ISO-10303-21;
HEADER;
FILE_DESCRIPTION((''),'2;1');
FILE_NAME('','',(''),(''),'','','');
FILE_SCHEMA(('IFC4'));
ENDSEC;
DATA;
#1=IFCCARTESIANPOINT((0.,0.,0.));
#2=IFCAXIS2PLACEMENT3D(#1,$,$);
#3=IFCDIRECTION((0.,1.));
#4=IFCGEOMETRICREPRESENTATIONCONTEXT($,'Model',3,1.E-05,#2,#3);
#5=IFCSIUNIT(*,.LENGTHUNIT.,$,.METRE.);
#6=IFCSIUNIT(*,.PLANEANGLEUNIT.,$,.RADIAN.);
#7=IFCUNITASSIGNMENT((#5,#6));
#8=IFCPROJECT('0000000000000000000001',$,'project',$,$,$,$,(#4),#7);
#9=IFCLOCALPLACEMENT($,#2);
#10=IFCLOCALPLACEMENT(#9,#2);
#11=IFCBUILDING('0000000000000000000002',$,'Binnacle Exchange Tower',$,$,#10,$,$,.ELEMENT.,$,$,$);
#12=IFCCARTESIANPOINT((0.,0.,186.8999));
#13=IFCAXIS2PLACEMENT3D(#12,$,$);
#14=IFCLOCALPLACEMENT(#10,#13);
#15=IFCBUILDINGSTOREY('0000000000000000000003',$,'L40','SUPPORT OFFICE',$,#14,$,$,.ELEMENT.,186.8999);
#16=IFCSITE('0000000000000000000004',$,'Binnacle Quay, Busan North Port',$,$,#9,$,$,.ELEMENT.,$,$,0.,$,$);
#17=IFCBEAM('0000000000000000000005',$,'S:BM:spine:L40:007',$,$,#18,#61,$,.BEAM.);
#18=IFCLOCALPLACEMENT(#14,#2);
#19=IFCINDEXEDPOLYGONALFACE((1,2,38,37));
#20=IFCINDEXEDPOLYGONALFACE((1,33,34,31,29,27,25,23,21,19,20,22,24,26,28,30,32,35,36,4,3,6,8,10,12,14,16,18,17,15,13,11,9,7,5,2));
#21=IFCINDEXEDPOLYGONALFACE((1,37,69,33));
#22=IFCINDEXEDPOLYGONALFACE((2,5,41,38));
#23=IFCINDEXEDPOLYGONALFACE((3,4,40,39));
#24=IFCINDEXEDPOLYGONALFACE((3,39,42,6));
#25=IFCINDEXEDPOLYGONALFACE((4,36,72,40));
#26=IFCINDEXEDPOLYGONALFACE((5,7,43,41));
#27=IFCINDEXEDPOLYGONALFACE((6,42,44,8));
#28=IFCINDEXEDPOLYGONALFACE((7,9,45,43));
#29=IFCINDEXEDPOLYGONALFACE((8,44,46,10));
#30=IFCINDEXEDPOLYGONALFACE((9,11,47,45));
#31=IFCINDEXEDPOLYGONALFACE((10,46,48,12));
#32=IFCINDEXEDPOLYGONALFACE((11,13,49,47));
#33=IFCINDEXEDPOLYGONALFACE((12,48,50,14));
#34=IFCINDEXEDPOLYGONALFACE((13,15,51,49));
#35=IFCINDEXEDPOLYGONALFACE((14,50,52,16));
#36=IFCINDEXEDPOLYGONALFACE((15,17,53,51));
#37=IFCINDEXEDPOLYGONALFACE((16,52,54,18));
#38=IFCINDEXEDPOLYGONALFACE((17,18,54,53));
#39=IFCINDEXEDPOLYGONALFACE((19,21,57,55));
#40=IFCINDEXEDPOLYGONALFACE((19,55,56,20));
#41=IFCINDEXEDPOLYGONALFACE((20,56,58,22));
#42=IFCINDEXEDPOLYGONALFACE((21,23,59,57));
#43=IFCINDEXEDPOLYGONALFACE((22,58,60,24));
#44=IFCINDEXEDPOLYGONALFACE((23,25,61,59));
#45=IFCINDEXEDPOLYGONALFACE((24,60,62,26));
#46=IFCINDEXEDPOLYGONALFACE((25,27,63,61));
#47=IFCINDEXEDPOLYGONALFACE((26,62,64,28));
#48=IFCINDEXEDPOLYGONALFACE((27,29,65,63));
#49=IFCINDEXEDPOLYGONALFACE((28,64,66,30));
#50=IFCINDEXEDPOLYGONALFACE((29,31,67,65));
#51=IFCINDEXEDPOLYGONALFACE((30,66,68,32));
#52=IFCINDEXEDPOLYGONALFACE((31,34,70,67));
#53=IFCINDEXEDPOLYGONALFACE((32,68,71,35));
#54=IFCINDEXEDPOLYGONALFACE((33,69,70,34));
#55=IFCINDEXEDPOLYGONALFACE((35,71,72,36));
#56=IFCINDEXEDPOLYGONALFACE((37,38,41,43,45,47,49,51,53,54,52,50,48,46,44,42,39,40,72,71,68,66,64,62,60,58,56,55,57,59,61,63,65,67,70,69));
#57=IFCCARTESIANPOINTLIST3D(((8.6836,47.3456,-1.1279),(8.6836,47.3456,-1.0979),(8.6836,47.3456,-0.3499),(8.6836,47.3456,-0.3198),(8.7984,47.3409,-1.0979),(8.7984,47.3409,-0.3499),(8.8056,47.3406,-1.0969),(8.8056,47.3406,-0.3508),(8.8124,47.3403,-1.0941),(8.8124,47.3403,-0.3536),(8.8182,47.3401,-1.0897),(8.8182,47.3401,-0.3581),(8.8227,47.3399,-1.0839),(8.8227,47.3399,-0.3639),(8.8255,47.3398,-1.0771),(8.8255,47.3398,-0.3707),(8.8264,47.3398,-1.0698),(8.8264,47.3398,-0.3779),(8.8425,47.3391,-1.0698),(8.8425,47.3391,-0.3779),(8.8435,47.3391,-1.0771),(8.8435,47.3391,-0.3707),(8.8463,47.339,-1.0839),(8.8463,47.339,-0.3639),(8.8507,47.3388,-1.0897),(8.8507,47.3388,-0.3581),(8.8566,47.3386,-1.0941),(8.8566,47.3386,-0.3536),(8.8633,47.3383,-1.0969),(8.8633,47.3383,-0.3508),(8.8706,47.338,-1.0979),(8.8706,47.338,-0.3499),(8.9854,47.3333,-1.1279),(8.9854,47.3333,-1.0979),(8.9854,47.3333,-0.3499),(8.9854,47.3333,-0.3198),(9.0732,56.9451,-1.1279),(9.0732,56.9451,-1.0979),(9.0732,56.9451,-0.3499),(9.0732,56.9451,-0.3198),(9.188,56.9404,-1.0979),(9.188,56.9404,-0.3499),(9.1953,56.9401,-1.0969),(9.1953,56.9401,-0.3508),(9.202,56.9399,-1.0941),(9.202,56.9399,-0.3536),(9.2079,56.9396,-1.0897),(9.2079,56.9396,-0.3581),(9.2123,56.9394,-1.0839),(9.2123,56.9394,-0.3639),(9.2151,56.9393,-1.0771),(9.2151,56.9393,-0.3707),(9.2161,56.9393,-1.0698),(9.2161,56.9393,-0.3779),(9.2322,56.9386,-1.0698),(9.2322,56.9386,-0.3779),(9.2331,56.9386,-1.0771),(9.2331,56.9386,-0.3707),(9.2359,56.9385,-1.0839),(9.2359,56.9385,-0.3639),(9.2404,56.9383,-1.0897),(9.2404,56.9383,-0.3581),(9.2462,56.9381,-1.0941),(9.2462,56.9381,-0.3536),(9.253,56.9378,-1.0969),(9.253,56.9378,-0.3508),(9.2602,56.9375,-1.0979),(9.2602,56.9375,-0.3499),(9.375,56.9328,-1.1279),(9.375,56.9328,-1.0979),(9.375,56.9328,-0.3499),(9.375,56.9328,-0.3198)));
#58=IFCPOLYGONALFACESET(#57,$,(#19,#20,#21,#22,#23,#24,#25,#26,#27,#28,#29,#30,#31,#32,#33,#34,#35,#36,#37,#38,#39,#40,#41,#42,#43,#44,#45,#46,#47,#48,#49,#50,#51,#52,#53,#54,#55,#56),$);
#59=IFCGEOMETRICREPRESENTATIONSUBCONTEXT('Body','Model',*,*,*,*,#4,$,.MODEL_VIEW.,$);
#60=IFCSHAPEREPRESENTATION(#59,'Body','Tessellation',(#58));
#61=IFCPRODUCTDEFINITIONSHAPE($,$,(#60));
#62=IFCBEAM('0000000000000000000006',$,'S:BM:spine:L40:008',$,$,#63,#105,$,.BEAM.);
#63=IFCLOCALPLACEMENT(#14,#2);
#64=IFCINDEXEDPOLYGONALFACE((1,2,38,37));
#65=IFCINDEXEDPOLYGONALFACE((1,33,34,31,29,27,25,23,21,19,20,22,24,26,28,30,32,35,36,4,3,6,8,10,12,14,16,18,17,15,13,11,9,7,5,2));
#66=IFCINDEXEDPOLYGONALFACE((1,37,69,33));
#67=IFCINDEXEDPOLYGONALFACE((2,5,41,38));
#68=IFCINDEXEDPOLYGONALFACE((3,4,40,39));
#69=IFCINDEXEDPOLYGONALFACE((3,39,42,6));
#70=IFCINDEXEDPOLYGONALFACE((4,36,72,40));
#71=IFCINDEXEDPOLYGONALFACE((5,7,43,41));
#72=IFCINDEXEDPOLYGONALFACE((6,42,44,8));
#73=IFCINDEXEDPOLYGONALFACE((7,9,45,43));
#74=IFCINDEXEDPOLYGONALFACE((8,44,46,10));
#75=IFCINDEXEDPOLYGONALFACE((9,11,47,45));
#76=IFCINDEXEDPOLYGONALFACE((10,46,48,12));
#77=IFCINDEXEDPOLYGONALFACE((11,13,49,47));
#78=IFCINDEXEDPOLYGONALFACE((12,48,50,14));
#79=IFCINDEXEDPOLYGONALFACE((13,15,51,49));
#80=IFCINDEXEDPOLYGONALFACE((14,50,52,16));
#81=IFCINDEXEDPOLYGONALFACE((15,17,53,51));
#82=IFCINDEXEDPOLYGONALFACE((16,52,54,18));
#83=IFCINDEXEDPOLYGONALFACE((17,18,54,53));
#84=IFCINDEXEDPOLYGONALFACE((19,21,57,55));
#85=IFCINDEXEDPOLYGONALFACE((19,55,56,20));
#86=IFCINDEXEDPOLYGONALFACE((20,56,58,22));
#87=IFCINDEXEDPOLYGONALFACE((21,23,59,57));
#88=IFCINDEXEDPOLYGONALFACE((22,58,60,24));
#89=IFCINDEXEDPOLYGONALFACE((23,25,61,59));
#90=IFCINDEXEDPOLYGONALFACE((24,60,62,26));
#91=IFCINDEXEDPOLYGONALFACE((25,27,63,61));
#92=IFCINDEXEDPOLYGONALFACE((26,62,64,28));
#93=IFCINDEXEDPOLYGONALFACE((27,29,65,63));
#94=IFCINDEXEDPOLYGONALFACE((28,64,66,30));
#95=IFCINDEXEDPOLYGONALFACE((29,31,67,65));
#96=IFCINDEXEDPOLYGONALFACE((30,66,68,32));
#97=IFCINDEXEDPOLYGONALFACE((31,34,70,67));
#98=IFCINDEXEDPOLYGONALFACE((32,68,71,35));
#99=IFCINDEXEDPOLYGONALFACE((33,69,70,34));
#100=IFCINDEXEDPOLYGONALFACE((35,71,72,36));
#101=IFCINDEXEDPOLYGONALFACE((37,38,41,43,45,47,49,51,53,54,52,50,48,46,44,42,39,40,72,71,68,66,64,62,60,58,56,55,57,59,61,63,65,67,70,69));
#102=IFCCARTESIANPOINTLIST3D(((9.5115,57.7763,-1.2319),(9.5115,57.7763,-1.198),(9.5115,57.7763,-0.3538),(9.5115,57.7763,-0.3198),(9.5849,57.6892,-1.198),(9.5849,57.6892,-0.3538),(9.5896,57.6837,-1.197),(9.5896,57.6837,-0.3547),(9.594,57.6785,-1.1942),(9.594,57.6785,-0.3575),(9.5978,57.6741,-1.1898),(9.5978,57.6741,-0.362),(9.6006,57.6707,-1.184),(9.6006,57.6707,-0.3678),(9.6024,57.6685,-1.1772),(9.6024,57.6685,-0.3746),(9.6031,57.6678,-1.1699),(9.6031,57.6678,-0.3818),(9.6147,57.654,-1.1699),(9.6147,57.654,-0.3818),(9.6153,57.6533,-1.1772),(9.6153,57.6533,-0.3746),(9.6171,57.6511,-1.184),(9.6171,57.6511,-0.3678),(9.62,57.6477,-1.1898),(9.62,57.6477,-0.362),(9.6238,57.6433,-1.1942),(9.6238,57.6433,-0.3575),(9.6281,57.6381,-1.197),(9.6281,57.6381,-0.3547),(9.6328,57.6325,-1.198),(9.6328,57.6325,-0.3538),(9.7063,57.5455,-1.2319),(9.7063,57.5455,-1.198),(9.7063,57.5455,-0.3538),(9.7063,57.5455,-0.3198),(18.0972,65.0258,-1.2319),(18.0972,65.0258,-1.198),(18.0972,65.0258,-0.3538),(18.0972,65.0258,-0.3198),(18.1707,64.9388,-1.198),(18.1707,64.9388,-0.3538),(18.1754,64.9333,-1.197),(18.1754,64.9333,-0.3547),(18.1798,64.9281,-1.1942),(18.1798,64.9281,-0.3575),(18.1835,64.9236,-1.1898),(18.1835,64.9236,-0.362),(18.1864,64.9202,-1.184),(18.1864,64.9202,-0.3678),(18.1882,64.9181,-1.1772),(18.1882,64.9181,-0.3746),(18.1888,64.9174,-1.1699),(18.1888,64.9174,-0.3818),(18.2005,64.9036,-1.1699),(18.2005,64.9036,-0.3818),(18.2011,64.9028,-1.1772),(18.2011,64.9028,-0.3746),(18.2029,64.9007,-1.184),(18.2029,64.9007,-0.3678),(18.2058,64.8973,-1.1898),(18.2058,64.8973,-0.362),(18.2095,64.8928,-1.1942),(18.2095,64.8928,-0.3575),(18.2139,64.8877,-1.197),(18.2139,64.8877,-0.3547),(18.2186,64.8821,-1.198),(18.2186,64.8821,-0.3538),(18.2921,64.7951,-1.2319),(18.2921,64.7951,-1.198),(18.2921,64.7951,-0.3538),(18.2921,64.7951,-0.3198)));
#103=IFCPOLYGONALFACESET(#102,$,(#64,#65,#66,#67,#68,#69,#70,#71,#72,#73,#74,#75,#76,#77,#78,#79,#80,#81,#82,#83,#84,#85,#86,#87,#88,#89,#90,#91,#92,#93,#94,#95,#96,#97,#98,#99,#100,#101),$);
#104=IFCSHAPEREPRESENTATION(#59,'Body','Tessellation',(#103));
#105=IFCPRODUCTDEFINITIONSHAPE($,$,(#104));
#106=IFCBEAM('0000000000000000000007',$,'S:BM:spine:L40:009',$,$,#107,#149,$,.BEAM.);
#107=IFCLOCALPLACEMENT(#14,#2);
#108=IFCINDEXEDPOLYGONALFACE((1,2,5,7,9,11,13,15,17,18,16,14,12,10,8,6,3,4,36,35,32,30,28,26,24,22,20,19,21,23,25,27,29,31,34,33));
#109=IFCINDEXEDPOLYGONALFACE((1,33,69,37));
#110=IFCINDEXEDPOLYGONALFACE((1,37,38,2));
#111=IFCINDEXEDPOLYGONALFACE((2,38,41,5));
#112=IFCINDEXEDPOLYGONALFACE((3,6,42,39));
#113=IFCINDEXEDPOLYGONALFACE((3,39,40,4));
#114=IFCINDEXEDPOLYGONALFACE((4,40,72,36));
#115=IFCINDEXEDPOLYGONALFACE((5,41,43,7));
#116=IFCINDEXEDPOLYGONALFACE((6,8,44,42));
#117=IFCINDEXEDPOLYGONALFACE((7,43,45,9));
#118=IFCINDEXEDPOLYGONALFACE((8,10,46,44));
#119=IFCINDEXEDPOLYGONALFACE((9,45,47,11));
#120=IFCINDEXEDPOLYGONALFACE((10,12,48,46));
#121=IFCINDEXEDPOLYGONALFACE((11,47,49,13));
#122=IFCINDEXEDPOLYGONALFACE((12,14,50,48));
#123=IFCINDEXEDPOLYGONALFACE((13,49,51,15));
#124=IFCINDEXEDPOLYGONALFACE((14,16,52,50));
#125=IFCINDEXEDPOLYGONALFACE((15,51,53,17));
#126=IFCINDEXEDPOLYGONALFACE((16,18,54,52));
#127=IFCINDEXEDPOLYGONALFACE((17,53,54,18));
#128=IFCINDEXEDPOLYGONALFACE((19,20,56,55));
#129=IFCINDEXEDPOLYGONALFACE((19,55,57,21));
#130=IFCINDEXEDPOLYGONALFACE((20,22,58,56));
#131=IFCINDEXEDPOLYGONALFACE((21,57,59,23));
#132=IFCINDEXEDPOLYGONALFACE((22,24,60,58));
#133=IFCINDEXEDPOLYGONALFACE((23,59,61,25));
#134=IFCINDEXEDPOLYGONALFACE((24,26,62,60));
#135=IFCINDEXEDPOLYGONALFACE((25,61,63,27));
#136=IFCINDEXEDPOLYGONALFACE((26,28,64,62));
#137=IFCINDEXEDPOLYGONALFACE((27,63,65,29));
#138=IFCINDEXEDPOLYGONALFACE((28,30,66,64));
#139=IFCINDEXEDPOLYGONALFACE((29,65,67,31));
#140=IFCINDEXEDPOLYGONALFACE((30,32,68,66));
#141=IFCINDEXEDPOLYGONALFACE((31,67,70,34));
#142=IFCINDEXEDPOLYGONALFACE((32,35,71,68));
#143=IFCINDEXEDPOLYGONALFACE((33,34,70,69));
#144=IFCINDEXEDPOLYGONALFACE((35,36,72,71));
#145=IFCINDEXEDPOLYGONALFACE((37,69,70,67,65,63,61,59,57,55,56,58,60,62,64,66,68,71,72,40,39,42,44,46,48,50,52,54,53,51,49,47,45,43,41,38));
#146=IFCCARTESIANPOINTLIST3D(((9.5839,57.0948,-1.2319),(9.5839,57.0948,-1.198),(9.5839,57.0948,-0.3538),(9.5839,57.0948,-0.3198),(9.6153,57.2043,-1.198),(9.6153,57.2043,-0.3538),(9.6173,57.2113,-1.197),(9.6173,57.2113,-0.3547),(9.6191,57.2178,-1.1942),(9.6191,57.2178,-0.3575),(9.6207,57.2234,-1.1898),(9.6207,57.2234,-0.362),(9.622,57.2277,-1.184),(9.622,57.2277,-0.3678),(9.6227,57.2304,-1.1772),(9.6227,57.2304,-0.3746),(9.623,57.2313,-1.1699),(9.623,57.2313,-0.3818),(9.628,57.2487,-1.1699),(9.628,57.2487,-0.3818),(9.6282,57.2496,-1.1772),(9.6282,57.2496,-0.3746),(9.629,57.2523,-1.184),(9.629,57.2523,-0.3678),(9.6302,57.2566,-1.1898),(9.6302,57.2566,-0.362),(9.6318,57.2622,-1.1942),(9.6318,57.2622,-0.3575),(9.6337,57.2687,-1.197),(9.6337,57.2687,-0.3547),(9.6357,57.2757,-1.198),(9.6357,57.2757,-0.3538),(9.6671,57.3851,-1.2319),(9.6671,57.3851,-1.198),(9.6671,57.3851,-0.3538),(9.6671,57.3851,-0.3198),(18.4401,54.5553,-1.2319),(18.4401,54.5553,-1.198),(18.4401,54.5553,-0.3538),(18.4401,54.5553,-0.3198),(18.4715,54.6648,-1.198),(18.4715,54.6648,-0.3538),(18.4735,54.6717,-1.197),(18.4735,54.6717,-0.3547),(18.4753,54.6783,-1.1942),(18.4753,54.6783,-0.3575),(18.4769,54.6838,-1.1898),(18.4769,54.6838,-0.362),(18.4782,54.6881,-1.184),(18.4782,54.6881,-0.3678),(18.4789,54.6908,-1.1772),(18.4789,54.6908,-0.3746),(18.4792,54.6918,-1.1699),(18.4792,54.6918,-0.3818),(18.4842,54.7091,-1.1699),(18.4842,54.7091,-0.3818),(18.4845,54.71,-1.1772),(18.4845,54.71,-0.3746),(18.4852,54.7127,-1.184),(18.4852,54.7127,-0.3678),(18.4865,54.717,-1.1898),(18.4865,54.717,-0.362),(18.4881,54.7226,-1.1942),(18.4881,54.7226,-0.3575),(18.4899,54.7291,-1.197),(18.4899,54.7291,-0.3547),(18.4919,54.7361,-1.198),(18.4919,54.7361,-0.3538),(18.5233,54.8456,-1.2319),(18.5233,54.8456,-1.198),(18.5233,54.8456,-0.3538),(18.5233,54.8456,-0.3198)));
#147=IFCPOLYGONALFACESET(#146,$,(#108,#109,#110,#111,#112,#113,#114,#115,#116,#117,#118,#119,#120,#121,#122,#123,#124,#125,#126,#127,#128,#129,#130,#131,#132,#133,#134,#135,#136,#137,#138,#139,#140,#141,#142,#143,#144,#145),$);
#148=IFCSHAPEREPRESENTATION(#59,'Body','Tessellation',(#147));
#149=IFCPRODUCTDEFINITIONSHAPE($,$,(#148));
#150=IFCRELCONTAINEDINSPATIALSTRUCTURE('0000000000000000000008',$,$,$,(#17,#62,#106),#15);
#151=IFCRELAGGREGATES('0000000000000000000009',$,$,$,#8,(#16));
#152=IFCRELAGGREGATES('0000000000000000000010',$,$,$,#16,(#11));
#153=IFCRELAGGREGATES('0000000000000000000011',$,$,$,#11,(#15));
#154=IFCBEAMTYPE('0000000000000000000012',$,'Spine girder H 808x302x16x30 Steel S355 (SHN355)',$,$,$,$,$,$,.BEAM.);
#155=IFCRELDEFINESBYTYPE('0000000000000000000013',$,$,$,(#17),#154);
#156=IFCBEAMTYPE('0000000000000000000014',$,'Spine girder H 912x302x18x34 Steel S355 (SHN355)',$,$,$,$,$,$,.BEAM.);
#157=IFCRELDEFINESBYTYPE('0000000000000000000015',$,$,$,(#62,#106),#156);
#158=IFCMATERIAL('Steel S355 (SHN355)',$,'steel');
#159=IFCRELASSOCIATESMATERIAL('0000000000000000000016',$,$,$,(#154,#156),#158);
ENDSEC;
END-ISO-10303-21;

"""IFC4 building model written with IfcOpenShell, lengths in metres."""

from ifc_helpers import new_model, si_unit, direction, frame, origin, origin_2d, place, context, subcontext, project, spatial, i_section, extrude, material, material_profile, profile_set, type_object, element, save


model = new_model("IFC4")

# Units and contexts
model_context = context("Model", 3, precision=1e-05, world=origin(), true_north=direction((0.0, 1.0)))
body_context = subcontext(model_context, "Body", "Model", "MODEL_VIEW")
ifc_project = project(units=[si_unit("LENGTHUNIT", "METRE"), si_unit("PLANEANGLEUNIT", "RADIAN")], contexts=[model_context])

# Site, building, storey
site_placement = place(None, origin())
site = spatial("IfcSite", under=ifc_project, at=site_placement, Name="Binnacle Quay, Busan North Port", CompositionType="ELEMENT", RefElevation=0.0)
building_placement = place(site_placement, origin())
building = spatial("IfcBuilding", under=site, at=building_placement, Name="Binnacle Exchange Tower", CompositionType="ELEMENT")
storey_placement = place(building_placement, frame((0.0, 0.0, 186.8999)))
storey = spatial("IfcBuildingStorey", under=building, at=storey_placement, Name="L40", Description="SUPPORT OFFICE", CompositionType="ELEMENT", Elevation=186.8999)

# Beams
ifc_material_1 = material(Name="Steel S355 (SHN355)", Category="steel")
ifc_material_profile_1 = material_profile(ifc_material_1, i_section(OverallWidth=0.302, OverallDepth=0.8081, WebThickness=0.0161, FlangeThickness=0.03, FilletRadius=0.0281, at=origin_2d()), Name="H 808x302x16x30")
ifc_profile_set_1 = profile_set([ifc_material_profile_1], Name="Steel S355 (SHN355)")
beam_type_1 = type_object("IfcBeamType", Name="Spine girder H 808x302x16x30 Steel S355 (SHN355)", PredefinedType="BEAM", material=ifc_profile_set_1)
beam_1_placement = place(storey_placement, frame((9.2241, 56.939, -0.7239), z_axis=(-0.040557, -0.999177, 0.0), x_axis=(0.999177, -0.040557, 0.0)))
element("IfcBeam", 1, at=beam_1_placement, inside=storey, type_object=beam_type_1, Name="S:BM:spine:L40:007", PredefinedType="BEAM", context=body_context, shape_type="SweptSolid", body=[
    extrude(i_section(OverallWidth=0.302, OverallDepth=0.8081, WebThickness=0.0161, FlangeThickness=0.03, FilletRadius=0.0281, at=origin_2d()), origin(), (0.0, 0.0, 1.0), 9.6074),
])
ifc_material_profile_2 = material_profile(ifc_material_1, i_section(OverallWidth=0.302, OverallDepth=0.9121, WebThickness=0.0181, FlangeThickness=0.0339, FilletRadius=0.0281, at=origin_2d()), Name="H 912x302x18x34")
ifc_profile_set_2 = profile_set([ifc_material_profile_2], Name="Steel S355 (SHN355)")
beam_type_2 = type_object("IfcBeamType", Name="Spine girder H 912x302x18x34 Steel S355 (SHN355)", PredefinedType="BEAM", material=ifc_profile_set_2)
beam_2_placement = place(storey_placement, frame((9.6089, 57.6609, -0.7759), z_axis=(0.764058, 0.645148, 0.0), x_axis=(-0.645148, 0.764058, 0.0)))
element("IfcBeam", 2, at=beam_2_placement, inside=storey, type_object=beam_type_2, Name="S:BM:spine:L40:008", PredefinedType="BEAM", context=body_context, shape_type="SweptSolid", body=[
    extrude(i_section(OverallWidth=0.302, OverallDepth=0.9121, WebThickness=0.0181, FlangeThickness=0.0339, FilletRadius=0.0281, at=origin_2d()), origin(), (0.0, 0.0, 1.0), 11.2371),
])
beam_3_placement = place(storey_placement, frame((9.6255, 57.24, -0.7759), z_axis=(0.96126, -0.275645, 0.0), x_axis=(0.275645, 0.96126, 0.0)))
element("IfcBeam", 3, at=beam_3_placement, inside=storey, type_object=beam_type_2, Name="S:BM:spine:L40:009", PredefinedType="BEAM", context=body_context, shape_type="SweptSolid", body=[
    extrude(i_section(OverallWidth=0.302, OverallDepth=0.9121, WebThickness=0.0181, FlangeThickness=0.0339, FilletRadius=0.0281, at=origin_2d()), origin(), (0.0, 0.0, 1.0), 9.2131),
])

save(model, "model.ifc")
